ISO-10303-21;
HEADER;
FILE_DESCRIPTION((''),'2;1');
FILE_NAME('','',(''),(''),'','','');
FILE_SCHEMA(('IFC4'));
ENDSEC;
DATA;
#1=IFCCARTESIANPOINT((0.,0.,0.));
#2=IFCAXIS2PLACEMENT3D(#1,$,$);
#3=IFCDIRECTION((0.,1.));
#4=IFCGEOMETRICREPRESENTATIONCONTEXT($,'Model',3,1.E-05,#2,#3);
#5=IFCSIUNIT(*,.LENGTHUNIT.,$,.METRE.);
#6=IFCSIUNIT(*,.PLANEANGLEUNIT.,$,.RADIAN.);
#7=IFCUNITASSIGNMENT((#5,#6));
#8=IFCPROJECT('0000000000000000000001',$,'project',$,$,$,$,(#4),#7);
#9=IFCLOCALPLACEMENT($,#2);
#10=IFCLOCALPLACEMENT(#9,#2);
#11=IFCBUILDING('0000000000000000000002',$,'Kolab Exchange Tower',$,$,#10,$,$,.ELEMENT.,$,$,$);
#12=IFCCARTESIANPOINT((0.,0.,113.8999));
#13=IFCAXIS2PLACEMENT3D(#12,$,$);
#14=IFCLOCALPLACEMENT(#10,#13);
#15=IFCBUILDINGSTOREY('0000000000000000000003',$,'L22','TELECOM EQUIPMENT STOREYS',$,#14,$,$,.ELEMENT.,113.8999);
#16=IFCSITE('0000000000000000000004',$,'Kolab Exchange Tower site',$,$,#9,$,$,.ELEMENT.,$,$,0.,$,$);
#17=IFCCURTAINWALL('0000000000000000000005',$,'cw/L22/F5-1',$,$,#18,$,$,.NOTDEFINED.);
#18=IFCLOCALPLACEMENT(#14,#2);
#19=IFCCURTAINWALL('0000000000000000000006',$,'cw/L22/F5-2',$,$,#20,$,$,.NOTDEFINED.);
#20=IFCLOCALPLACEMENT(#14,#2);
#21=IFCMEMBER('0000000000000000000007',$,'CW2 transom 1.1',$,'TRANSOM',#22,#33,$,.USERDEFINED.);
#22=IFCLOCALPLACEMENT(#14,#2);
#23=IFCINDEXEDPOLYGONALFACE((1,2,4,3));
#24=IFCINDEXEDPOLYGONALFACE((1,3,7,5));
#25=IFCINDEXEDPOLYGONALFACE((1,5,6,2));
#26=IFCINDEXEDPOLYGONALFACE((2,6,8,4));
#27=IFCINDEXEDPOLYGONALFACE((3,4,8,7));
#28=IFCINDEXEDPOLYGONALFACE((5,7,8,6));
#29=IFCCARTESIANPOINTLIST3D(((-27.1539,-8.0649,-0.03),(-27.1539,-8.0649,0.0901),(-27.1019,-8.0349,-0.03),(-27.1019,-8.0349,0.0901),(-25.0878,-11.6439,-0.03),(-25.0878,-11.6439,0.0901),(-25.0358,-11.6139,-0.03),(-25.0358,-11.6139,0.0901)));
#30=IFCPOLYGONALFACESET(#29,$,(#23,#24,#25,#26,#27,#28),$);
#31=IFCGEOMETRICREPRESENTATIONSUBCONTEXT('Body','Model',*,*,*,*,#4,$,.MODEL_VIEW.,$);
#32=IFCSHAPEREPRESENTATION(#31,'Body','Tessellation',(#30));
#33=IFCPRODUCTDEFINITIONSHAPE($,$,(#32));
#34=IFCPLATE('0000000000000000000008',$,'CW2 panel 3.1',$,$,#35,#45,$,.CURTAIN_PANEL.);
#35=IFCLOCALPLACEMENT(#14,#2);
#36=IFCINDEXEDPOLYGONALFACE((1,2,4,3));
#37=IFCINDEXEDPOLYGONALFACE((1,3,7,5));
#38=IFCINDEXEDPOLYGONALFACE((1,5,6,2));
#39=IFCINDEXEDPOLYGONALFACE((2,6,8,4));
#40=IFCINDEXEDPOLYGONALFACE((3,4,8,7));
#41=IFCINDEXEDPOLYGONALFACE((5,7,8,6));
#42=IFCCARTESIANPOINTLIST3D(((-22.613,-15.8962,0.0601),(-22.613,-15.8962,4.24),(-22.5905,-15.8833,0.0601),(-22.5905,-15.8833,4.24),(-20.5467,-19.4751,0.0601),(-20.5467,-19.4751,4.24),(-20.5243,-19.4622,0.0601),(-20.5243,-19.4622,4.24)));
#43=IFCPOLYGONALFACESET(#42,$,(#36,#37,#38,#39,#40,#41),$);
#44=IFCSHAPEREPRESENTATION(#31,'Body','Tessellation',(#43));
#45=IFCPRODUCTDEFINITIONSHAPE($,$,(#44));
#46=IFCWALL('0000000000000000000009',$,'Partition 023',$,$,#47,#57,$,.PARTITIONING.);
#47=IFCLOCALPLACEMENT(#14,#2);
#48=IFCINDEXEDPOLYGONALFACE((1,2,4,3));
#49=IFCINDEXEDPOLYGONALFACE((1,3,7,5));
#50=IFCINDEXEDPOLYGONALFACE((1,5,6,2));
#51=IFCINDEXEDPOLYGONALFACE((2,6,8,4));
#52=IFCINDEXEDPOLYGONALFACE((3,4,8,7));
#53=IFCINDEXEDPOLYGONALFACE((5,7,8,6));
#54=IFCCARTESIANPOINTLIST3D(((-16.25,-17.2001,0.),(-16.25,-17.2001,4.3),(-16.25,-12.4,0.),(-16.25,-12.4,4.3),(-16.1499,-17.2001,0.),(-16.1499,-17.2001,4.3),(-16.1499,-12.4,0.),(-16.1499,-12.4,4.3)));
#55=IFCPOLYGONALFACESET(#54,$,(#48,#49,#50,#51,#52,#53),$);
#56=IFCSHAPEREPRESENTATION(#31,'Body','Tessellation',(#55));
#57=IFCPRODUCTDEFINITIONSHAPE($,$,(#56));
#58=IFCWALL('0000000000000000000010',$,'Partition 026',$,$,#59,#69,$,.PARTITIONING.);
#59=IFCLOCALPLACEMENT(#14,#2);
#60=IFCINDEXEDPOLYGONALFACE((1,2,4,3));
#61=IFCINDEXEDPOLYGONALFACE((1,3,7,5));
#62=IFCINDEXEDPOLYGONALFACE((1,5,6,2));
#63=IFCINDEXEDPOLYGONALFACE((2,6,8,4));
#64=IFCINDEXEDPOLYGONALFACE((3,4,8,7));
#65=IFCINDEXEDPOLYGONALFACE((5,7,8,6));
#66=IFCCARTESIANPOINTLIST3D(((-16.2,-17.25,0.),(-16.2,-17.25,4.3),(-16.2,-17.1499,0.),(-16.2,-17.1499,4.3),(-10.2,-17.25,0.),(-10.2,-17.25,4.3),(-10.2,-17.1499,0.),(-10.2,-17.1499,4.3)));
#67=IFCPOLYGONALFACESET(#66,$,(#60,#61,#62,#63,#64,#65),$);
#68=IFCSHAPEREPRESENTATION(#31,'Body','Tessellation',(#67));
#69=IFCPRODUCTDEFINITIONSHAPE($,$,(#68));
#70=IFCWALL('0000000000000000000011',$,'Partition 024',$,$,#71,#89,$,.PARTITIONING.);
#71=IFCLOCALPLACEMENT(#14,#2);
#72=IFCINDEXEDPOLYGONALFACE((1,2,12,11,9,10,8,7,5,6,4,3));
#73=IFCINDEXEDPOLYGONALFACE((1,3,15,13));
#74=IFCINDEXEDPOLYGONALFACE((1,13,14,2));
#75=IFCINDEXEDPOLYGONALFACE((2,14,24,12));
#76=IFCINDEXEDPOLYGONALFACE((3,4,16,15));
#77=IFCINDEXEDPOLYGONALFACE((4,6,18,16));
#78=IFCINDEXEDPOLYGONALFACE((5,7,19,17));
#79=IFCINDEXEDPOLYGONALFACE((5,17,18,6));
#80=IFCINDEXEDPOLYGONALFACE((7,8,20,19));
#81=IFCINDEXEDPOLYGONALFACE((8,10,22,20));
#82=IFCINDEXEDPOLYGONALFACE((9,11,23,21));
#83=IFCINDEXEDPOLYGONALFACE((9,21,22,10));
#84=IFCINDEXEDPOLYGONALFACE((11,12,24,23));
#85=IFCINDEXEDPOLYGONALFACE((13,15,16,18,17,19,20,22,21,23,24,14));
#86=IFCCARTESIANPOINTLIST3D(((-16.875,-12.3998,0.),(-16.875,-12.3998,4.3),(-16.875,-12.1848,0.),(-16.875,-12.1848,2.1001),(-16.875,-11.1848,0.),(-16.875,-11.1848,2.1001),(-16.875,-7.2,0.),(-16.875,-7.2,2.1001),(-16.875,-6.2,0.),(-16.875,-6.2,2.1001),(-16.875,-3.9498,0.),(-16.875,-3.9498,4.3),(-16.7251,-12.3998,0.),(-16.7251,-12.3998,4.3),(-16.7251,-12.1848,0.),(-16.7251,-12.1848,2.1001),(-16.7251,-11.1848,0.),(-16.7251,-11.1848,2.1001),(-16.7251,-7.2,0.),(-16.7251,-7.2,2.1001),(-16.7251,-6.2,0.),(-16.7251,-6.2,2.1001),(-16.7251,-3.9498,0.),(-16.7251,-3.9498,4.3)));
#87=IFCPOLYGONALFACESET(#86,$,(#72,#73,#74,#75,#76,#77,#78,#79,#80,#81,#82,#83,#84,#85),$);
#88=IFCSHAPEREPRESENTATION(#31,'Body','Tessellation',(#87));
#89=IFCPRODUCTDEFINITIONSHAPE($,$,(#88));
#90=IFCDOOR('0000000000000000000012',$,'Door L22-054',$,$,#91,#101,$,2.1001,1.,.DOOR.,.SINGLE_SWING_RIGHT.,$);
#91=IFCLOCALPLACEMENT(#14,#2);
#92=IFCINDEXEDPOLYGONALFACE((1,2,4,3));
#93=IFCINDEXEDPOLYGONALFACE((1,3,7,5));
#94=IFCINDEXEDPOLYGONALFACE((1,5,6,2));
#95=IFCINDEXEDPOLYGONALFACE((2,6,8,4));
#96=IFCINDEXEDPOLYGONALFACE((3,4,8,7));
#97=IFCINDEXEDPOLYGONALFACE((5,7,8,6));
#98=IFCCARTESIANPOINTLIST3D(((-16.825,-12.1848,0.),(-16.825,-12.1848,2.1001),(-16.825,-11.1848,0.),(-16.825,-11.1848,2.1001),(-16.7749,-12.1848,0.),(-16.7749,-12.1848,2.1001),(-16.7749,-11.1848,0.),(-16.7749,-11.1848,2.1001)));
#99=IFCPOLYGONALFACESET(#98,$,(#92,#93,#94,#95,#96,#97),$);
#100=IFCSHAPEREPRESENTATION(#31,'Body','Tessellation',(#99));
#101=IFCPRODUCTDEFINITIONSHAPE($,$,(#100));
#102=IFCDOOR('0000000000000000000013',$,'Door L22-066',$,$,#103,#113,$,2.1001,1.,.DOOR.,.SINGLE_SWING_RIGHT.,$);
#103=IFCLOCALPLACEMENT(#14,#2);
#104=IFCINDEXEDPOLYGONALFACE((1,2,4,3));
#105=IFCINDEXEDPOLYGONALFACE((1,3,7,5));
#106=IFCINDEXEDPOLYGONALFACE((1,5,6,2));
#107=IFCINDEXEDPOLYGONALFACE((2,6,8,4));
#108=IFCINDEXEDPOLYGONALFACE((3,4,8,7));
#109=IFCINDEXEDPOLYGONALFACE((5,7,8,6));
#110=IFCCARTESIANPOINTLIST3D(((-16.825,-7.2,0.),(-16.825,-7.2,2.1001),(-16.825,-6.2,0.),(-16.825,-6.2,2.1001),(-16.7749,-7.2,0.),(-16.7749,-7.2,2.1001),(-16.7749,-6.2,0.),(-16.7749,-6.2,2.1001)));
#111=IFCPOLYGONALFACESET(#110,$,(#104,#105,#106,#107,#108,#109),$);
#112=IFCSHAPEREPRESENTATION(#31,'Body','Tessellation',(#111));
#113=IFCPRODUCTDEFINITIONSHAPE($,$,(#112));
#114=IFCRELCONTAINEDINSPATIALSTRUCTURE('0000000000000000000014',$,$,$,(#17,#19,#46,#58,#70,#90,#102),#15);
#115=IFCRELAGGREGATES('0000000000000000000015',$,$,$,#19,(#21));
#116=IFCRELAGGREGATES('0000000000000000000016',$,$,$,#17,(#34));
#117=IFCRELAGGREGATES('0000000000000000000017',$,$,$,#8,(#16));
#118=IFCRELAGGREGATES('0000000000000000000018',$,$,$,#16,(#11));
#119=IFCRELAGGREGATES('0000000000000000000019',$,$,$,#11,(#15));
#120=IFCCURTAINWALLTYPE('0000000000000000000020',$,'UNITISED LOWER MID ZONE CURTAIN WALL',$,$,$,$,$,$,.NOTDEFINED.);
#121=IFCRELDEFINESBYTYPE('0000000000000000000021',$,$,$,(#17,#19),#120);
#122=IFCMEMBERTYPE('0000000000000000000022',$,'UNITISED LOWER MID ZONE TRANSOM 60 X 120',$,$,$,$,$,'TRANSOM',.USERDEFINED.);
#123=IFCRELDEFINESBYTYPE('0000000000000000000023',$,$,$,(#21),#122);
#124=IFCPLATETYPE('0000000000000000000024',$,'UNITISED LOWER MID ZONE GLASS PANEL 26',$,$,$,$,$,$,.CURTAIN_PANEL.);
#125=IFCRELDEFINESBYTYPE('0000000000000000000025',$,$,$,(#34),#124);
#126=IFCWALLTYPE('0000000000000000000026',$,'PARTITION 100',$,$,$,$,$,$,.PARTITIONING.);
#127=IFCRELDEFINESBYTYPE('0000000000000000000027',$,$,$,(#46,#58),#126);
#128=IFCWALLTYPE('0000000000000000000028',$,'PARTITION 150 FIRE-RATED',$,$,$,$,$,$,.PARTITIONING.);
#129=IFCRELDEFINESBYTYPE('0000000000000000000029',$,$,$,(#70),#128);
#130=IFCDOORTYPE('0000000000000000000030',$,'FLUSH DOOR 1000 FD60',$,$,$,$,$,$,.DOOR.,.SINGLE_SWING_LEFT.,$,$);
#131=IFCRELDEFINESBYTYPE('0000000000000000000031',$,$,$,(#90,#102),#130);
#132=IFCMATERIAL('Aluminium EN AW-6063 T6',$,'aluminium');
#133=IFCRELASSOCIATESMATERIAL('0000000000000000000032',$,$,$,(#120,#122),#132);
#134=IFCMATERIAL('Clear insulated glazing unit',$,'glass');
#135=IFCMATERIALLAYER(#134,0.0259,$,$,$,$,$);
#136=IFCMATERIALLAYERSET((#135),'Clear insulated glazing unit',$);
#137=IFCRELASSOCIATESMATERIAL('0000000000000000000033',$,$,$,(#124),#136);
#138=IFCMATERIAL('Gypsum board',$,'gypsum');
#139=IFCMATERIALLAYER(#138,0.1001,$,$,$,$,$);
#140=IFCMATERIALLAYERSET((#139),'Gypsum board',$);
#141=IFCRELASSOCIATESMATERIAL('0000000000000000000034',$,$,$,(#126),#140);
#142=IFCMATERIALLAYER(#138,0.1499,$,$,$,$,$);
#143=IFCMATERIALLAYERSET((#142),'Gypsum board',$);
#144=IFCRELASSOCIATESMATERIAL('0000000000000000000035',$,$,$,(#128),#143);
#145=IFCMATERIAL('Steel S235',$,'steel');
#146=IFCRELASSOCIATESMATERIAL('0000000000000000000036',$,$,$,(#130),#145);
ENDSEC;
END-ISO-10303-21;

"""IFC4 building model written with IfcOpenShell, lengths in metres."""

from ifc_helpers import new_model, si_unit, direction, frame, frame_2d, origin, origin_2d, place, context, subcontext, project, spatial, rectangle, extrude, material, layer, layer_set, material_profile, profile_set, type_object, element, fill, aggregate, save


model = new_model("IFC4")

# Units and contexts
model_context = context("Model", 3, precision=1e-05, world=origin(), true_north=direction((0.0, 1.0)))
body_context = subcontext(model_context, "Body", "Model", "MODEL_VIEW")
ifc_project = project(units=[si_unit("LENGTHUNIT", "METRE"), si_unit("PLANEANGLEUNIT", "RADIAN")], contexts=[model_context])

# Site, building, storey
site_placement = place(None, origin())
site = spatial("IfcSite", under=ifc_project, at=site_placement, Name="Kolab Exchange Tower site", CompositionType="ELEMENT", RefElevation=0.0)
building_placement = place(site_placement, origin())
building = spatial("IfcBuilding", under=site, at=building_placement, Name="Kolab Exchange Tower", CompositionType="ELEMENT")
storey_placement = place(building_placement, frame((0.0, 0.0, 113.8999)))
storey = spatial("IfcBuildingStorey", under=building, at=storey_placement, Name="L22", Description="TELECOM EQUIPMENT STOREYS", CompositionType="ELEMENT", Elevation=113.8999)

# Curtain walls
ifc_material_1 = material(Name="Aluminium EN AW-6063 T6", Category="aluminium")
curtain_wall_type = type_object("IfcCurtainWallType", Name="UNITISED LOWER MID ZONE CURTAIN WALL", PredefinedType="NOTDEFINED", material=ifc_material_1)
curtain_wall_1_placement = place(storey_placement, origin())
curtain_wall_1 = element("IfcCurtainWall", 1, at=curtain_wall_1_placement, inside=storey, type_object=curtain_wall_type, Name="cw/L22/F5-1", PredefinedType="NOTDEFINED")
curtain_wall_2_placement = place(storey_placement, origin())
curtain_wall_2 = element("IfcCurtainWall", 2, at=curtain_wall_2_placement, inside=storey, type_object=curtain_wall_type, Name="cw/L22/F5-2", PredefinedType="NOTDEFINED")

# Member
ifc_material_profile_1 = material_profile(ifc_material_1, rectangle(XDim=0.0601, YDim=0.1201, at=origin_2d()), Name="RECT 60X120")
ifc_profile_set_1 = profile_set([ifc_material_profile_1], Name="Aluminium EN AW-6063 T6")
member_type_1 = type_object("IfcMemberType", Name="UNITISED LOWER MID ZONE TRANSOM 60 X 120", ElementType="TRANSOM", PredefinedType="USERDEFINED", material=ifc_profile_set_1)
member_1_placement = place(storey_placement, frame((-25.0618, -11.6289, 0.03), z_axis=(-0.499958, 0.86605, 0.0), x_axis=(-0.86605, -0.499958, 0.0)))
member_1 = element("IfcMember", 3, at=member_1_placement, type_object=member_type_1, Name="CW2 transom 1.1", ObjectType="TRANSOM", PredefinedType="USERDEFINED", context=body_context, shape_type="SweptSolid", body=[
    extrude(rectangle(XDim=0.0601, YDim=0.1201, at=origin_2d()), origin(), (0.0, 0.0, 1.0), 4.1326),
])
aggregate(curtain_wall_2, [member_1])

# Plate
ifc_material_2 = material(Name="Clear insulated glazing unit", Category="glass")
ifc_layer_1 = layer(ifc_material_2, 0.0259)
ifc_layer_set_1 = layer_set([ifc_layer_1], Name="Clear insulated glazing unit")
plate_type = type_object("IfcPlateType", Name="UNITISED LOWER MID ZONE GLASS PANEL 26", PredefinedType="CURTAIN_PANEL", material=ifc_layer_set_1)
plate_placement = place(storey_placement, frame((-21.5686, -17.6792, 0.0601), z_axis=(0.0, 0.0, 1.0), x_axis=(-0.5, 0.866025, 0.0)))
plate = element("IfcPlate", 4, at=plate_placement, type_object=plate_type, Name="CW2 panel 3.1", PredefinedType="CURTAIN_PANEL", context=body_context, shape_type="SweptSolid", body=[
    extrude(rectangle(XDim=4.1326, YDim=0.0259, at=origin_2d()), origin(), (0.0, 0.0, 1.0), 4.1799),
])
aggregate(curtain_wall_1, [plate])

# Walls
ifc_material_3 = material(Name="Gypsum board", Category="gypsum")
ifc_layer_2 = layer(ifc_material_3, 0.1001)
ifc_layer_set_2 = layer_set([ifc_layer_2], Name="Gypsum board")
wall_type_1 = type_object("IfcWallType", Name="PARTITION 100", PredefinedType="PARTITIONING", material=ifc_layer_set_2)
wall_1_placement = place(storey_placement, frame((-16.2, -17.2, 0.0), z_axis=(0.0, 0.0, 1.0), x_axis=(0.0, 1.0, 0.0)))
element("IfcWall", 5, at=wall_1_placement, inside=storey, type_object=wall_type_1, Name="Partition 023", PredefinedType="PARTITIONING", context=body_context, shape_type="SweptSolid", body=[
    extrude(rectangle(XDim=4.8, YDim=0.1001, at=frame_2d((2.3999, 0.0))), origin(), (0.0, 0.0, 1.0), 4.3),
])
wall_2_placement = place(storey_placement, frame((-16.2, -17.2, 0.0), z_axis=(0.0, 0.0, 1.0), x_axis=(1.0, 0.0, 0.0)))
element("IfcWall", 6, at=wall_2_placement, inside=storey, type_object=wall_type_1, Name="Partition 026", PredefinedType="PARTITIONING", context=body_context, shape_type="SweptSolid", body=[
    extrude(rectangle(XDim=6.0, YDim=0.1001, at=frame_2d((3.0, 0.0))), origin(), (0.0, 0.0, 1.0), 4.3),
])

# Wall, openings, doors
ifc_layer_3 = layer(ifc_material_3, 0.1499)
ifc_layer_set_3 = layer_set([ifc_layer_3], Name="Gypsum board")
wall_type_2 = type_object("IfcWallType", Name="PARTITION 150 FIRE-RATED", PredefinedType="PARTITIONING", material=ifc_layer_set_3)
wall_3_placement = place(storey_placement, frame((-16.8, -12.3999, 0.0), z_axis=(0.0, 0.0, 1.0), x_axis=(0.0, 1.0, 0.0)))
wall_3 = element("IfcWall", 7, at=wall_3_placement, inside=storey, type_object=wall_type_2, Name="Partition 024", PredefinedType="PARTITIONING", context=body_context, shape_type="SweptSolid", body=[
    extrude(rectangle(XDim=8.45, YDim=0.1499, at=frame_2d((4.2251, 0.0))), origin(), (0.0, 0.0, 1.0), 4.3),
])
opening_1_placement = place(wall_3_placement, frame((0.2151, 0.0, 0.0)))
opening_1 = element("IfcOpeningElement", 8, at=opening_1_placement, cuts=wall_3, PredefinedType="OPENING", context=body_context, shape_type="SweptSolid", body=[
    extrude(rectangle(XDim=1.0, YDim=2.1001, at=frame_2d((0.5, 1.05))), frame((0.0, 0.085, 0.0), z_axis=(0.0, -1.0, 0.0), x_axis=(1.0, 0.0, 0.0)), (0.0, 0.0, 1.0), 0.1699),
])
opening_2_placement = place(wall_3_placement, frame((5.2, 0.0, 0.0)))
opening_2 = element("IfcOpeningElement", 9, at=opening_2_placement, cuts=wall_3, PredefinedType="OPENING", context=body_context, shape_type="SweptSolid", body=[
    extrude(rectangle(XDim=1.0, YDim=2.1001, at=frame_2d((0.5, 1.05))), frame((0.0, 0.085, 0.0), z_axis=(0.0, -1.0, 0.0), x_axis=(1.0, 0.0, 0.0)), (0.0, 0.0, 1.0), 0.1699),
])
ifc_material_4 = material(Name="Steel S235", Category="steel")
door_type_1 = type_object("IfcDoorType", Name="FLUSH DOOR 1000 FD60", OperationType="SINGLE_SWING_LEFT", PredefinedType="DOOR", material=ifc_material_4)
door_1_placement = place(opening_1_placement, origin())
door_1 = element("IfcDoor", 10, at=door_1_placement, inside=storey, type_object=door_type_1, Name="Door L22-054", OperationType="SINGLE_SWING_RIGHT", OverallHeight=2.1001, OverallWidth=1.0, PredefinedType="DOOR", context=body_context, shape_type="SweptSolid", body=[
    extrude(rectangle(XDim=1.0, YDim=2.1001, at=frame_2d((0.5, 1.05))), frame((0.0, 0.0249, 0.0), z_axis=(0.0, -1.0, 0.0), x_axis=(1.0, 0.0, 0.0)), (0.0, 0.0, 1.0), 0.05),
])
fill(opening_1, door_1)
door_2_placement = place(opening_2_placement, origin())
door_2 = element("IfcDoor", 11, at=door_2_placement, inside=storey, type_object=door_type_1, Name="Door L22-066", OperationType="SINGLE_SWING_RIGHT", OverallHeight=2.1001, OverallWidth=1.0, PredefinedType="DOOR", context=body_context, shape_type="SweptSolid", body=[
    extrude(rectangle(XDim=1.0, YDim=2.1001, at=frame_2d((0.5, 1.05))), frame((0.0, 0.0249, 0.0), z_axis=(0.0, -1.0, 0.0), x_axis=(1.0, 0.0, 0.0)), (0.0, 0.0, 1.0), 0.05),
])
fill(opening_2, door_2)

save(model, "model.ifc")
